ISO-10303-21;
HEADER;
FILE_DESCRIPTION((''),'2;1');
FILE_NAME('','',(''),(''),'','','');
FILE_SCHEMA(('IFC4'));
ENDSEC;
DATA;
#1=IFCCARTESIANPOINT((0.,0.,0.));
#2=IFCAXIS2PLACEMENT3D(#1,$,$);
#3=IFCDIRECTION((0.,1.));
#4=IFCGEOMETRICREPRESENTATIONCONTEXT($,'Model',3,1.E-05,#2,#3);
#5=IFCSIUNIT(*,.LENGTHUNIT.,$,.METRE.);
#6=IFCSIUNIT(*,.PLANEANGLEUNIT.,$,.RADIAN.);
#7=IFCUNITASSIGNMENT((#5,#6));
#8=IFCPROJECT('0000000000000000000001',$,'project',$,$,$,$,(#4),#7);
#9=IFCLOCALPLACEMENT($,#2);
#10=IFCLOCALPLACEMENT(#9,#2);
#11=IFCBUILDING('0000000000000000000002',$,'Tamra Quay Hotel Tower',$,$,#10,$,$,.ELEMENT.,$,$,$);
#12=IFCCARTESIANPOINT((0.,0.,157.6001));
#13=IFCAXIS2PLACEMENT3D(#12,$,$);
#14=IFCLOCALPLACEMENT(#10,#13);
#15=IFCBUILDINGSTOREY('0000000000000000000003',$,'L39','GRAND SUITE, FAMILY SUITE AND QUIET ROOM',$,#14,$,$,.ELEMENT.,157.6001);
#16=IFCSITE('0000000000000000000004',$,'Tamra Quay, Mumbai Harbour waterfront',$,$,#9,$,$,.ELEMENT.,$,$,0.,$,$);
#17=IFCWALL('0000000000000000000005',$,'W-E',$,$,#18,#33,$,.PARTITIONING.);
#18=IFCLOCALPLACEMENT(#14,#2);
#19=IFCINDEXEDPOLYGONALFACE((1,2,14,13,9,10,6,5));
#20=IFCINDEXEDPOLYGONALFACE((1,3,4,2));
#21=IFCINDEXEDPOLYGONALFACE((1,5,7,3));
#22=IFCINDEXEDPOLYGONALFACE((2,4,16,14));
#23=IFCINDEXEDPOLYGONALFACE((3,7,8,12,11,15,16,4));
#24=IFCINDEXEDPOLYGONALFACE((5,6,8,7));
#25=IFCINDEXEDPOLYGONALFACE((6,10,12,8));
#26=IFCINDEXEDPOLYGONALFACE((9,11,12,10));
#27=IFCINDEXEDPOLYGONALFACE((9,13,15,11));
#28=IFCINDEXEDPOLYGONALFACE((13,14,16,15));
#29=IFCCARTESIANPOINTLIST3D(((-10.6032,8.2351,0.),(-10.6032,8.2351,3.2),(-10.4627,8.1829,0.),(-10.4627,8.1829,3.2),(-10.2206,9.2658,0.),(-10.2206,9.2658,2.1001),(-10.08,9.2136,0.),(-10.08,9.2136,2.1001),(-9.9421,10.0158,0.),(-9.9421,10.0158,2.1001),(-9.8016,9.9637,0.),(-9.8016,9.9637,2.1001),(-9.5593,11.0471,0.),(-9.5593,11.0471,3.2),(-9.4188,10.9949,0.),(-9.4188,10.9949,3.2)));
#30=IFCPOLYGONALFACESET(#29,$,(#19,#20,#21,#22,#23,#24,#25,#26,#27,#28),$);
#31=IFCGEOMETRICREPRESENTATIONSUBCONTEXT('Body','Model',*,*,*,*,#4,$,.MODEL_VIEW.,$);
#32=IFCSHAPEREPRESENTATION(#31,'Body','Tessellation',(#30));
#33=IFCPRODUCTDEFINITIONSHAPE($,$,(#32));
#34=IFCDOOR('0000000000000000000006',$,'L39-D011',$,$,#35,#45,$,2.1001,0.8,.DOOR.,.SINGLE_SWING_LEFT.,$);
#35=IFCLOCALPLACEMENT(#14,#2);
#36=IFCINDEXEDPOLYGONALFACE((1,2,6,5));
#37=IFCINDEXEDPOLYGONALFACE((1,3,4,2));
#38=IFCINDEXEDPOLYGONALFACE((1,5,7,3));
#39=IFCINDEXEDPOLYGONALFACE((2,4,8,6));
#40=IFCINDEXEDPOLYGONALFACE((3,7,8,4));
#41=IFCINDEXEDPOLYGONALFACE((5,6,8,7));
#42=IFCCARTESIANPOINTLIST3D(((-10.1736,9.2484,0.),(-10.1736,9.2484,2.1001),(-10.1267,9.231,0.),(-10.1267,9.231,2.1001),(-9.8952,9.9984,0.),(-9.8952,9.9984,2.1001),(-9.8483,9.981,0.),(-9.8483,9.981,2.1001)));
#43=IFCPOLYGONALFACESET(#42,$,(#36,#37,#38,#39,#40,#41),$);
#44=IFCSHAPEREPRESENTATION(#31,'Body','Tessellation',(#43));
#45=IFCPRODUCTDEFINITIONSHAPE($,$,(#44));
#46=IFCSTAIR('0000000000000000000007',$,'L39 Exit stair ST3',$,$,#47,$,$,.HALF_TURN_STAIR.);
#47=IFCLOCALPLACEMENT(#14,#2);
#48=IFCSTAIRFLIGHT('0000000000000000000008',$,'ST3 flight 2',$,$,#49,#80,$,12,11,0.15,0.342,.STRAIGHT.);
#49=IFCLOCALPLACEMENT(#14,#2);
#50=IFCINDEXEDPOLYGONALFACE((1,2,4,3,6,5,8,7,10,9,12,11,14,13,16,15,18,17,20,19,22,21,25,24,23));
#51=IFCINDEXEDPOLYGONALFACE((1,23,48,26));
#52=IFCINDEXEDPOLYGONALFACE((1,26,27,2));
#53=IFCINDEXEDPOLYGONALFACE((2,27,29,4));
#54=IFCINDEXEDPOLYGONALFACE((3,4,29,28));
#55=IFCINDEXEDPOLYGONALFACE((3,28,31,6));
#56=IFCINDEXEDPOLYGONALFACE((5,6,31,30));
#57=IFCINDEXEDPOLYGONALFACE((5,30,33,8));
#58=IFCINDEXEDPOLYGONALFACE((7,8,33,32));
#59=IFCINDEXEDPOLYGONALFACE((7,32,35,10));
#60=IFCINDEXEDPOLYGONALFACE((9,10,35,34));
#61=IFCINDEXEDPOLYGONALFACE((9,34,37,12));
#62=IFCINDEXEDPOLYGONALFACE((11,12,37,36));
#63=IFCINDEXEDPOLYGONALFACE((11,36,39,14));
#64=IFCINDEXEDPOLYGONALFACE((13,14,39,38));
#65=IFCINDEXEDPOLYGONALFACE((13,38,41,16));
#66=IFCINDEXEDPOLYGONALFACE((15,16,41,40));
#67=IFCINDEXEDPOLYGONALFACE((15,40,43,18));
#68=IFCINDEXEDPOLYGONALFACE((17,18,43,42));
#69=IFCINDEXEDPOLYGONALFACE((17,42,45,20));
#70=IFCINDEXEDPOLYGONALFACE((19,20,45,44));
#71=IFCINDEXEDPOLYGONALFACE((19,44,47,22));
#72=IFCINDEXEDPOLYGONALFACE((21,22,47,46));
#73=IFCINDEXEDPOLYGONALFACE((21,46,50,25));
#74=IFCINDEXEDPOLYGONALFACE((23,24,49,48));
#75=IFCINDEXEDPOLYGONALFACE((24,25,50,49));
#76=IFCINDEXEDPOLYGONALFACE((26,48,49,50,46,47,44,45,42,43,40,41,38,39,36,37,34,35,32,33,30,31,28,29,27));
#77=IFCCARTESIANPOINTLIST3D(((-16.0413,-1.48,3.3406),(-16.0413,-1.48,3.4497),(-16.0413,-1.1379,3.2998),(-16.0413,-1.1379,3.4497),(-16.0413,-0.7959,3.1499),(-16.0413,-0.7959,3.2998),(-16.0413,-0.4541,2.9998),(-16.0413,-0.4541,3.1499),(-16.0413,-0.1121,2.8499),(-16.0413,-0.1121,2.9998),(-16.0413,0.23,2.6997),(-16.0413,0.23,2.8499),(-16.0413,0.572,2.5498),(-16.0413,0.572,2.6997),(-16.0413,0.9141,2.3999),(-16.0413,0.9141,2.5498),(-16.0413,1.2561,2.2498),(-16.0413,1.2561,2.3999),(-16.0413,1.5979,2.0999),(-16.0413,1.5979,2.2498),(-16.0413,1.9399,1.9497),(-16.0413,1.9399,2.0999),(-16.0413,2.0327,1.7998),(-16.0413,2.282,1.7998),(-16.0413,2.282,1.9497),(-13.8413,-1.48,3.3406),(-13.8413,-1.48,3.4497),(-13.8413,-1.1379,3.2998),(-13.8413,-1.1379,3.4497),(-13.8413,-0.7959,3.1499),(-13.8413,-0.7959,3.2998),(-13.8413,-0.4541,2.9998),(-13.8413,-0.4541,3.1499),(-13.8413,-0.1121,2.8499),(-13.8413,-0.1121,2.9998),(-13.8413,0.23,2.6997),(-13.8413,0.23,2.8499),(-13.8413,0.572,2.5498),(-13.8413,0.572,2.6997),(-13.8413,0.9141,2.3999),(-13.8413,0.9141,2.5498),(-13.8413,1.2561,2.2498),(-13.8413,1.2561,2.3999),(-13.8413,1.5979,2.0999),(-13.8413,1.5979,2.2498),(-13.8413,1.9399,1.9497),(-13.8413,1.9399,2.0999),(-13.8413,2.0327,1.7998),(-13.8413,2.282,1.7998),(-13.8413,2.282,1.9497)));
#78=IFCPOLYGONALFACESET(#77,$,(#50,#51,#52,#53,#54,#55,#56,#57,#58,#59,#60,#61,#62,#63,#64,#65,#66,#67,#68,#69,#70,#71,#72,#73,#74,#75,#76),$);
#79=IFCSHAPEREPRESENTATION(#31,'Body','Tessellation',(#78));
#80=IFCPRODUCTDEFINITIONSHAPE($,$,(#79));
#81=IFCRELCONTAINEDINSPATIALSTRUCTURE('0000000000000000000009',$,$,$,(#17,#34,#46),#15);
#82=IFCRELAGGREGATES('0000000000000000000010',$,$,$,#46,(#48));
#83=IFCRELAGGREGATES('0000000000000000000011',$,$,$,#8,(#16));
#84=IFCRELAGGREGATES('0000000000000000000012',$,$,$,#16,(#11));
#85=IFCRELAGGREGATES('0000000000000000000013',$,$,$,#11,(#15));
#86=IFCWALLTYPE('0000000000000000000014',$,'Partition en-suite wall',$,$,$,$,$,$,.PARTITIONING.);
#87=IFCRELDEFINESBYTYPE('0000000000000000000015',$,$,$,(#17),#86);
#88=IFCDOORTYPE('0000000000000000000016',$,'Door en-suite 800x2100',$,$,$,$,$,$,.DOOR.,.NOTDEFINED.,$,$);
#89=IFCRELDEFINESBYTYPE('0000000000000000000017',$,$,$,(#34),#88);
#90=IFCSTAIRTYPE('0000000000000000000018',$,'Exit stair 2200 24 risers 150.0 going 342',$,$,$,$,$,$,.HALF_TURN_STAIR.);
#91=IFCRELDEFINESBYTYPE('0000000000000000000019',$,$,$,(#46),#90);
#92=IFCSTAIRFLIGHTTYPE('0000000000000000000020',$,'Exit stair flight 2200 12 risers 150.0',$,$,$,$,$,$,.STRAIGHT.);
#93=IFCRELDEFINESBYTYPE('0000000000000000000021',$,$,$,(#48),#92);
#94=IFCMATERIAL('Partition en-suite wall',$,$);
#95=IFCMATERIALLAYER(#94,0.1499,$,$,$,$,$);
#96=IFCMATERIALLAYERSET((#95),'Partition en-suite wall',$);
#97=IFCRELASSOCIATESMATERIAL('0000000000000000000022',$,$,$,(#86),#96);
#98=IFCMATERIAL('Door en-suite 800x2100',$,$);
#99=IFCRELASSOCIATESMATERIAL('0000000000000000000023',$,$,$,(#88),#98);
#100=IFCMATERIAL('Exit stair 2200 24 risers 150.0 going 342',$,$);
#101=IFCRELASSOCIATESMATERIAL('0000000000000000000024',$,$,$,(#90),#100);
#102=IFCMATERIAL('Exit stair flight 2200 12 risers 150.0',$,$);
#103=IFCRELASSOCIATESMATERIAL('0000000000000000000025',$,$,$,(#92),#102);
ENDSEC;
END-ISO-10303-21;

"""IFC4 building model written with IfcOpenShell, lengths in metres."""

from ifc_helpers import new_model, si_unit, direction, frame, frame_2d, origin, place, context, subcontext, project, spatial, polyline, rectangle, outline, extrude, material, layer, layer_set, type_object, element, fill, aggregate, save


model = new_model("IFC4")

# Units and contexts
model_context = context("Model", 3, precision=1e-05, world=origin(), true_north=direction((0.0, 1.0)))
body_context = subcontext(model_context, "Body", "Model", "MODEL_VIEW")
ifc_project = project(units=[si_unit("LENGTHUNIT", "METRE"), si_unit("PLANEANGLEUNIT", "RADIAN")], contexts=[model_context])

# Site, building, storey
site_placement = place(None, origin())
site = spatial("IfcSite", under=ifc_project, at=site_placement, Name="Tamra Quay, Mumbai Harbour waterfront", CompositionType="ELEMENT", RefElevation=0.0)
building_placement = place(site_placement, origin())
building = spatial("IfcBuilding", under=site, at=building_placement, Name="Tamra Quay Hotel Tower", CompositionType="ELEMENT")
storey_placement = place(building_placement, frame((0.0, 0.0, 157.6001)))
storey = spatial("IfcBuildingStorey", under=building, at=storey_placement, Name="L39", Description="GRAND SUITE, FAMILY SUITE AND QUIET ROOM", CompositionType="ELEMENT", Elevation=157.6001)

# Shared definitions
ifc_material_1 = material(Name="Partition en-suite wall")
ifc_layer_1 = layer(ifc_material_1, 0.1499)
ifc_layer_set_1 = layer_set([ifc_layer_1], Name="Partition en-suite wall")
wall_type_1 = type_object("IfcWallType", Name="Partition en-suite wall", PredefinedType="PARTITIONING", material=ifc_layer_set_1)

# Wall, opening, door
wall_1_placement = place(storey_placement, frame((-10.533, 8.209, 0.0), z_axis=(0.0, 0.0, 1.0), x_axis=(0.348035, 0.937481, 0.0)))
wall_1 = element("IfcWall", 1, at=wall_1_placement, inside=storey, type_object=wall_type_1, Name="W-E", PredefinedType="PARTITIONING", context=body_context, shape_type="SweptSolid", body=[
    extrude(rectangle(XDim=2.9995, YDim=0.1499, at=frame_2d((1.4998, 0.0))), origin(), (0.0, 0.0, 1.0), 3.2),
])
opening_1_placement = place(wall_1_placement, frame((1.0996, 0.0, 0.0)))
opening_1 = element("IfcOpeningElement", 2, at=opening_1_placement, cuts=wall_1, PredefinedType="OPENING", context=body_context, shape_type="SweptSolid", body=[
    extrude(rectangle(XDim=0.8, YDim=2.1001, at=frame_2d((0.3999, 1.05))), frame((0.0, 0.085, 0.0), z_axis=(0.0, -1.0, 0.0), x_axis=(1.0, 0.0, 0.0)), (0.0, 0.0, 1.0), 0.1699),
])
ifc_material_2 = material(Name="Door en-suite 800x2100")
door_type_1 = type_object("IfcDoorType", Name="Door en-suite 800x2100", OperationType="NOTDEFINED", PredefinedType="DOOR", material=ifc_material_2)
door_1_placement = place(opening_1_placement, origin())
door_1 = element("IfcDoor", 3, at=door_1_placement, inside=storey, type_object=door_type_1, Name="L39-D011", OperationType="SINGLE_SWING_LEFT", OverallHeight=2.1001, OverallWidth=0.8, PredefinedType="DOOR", context=body_context, shape_type="SweptSolid", body=[
    extrude(rectangle(XDim=0.8, YDim=2.1001, at=frame_2d((0.3999, 1.05))), frame((0.0, 0.0249, 0.0), z_axis=(0.0, -1.0, 0.0), x_axis=(1.0, 0.0, 0.0)), (0.0, 0.0, 1.0), 0.05),
])
fill(opening_1, door_1)

# Stair, stair flight
ifc_material_3 = material(Name="Exit stair 2200 24 risers 150.0 going 342")
stair_type = type_object("IfcStairType", Name="Exit stair 2200 24 risers 150.0 going 342", PredefinedType="HALF_TURN_STAIR", material=ifc_material_3)
stair_placement = place(storey_placement, origin())
stair = element("IfcStair", 4, at=stair_placement, inside=storey, type_object=stair_type, Name="L39 Exit stair ST3", PredefinedType="HALF_TURN_STAIR")
ifc_material_4 = material(Name="Exit stair flight 2200 12 risers 150.0")
stair_flight_type = type_object("IfcStairFlightType", Name="Exit stair flight 2200 12 risers 150.0", PredefinedType="STRAIGHT", material=ifc_material_4)
stair_flight_placement = place(storey_placement, frame((-14.9414, 2.282, 1.7998), z_axis=(0.0, 0.0, 1.0), x_axis=(0.0, -1.0, 0.0)))
stair_flight = element("IfcStairFlight", 5, at=stair_flight_placement, type_object=stair_flight_type, Name="ST3 flight 2", NumberOfRisers=12, NumberOfTreads=11, PredefinedType="STRAIGHT", RiserHeight=0.15, TreadLength=0.342, context=body_context, shape_type="SweptSolid", body=[
    extrude(outline(polyline([(0.0, 0.0), (0.0, 0.1499), (0.342, 0.1499), (0.342, 0.3), (0.6841, 0.3), (0.6841, 0.45), (1.0259, 0.45), (1.0259, 0.6001), (1.3679, 0.6001), (1.3679, 0.75), (1.71, 0.75), (1.71, 0.8999), (2.052, 0.8999), (2.052, 1.05), (2.394, 1.05), (2.394, 1.2), (2.7361, 1.2), (2.7361, 1.3501), (3.0779, 1.3501), (3.0779, 1.5), (3.4199, 1.5), (3.4199, 1.6499), (3.762, 1.6499), (3.762, 1.8), (3.762, 1.5408), (0.2493, 0.0), (0.0, 0.0)])), frame((0.0, 1.1001, 0.0), z_axis=(0.0, -1.0, 0.0), x_axis=(1.0, 0.0, 0.0)), (0.0, 0.0, 1.0), 2.2),
])
aggregate(stair, [stair_flight])

save(model, "model.ifc")
